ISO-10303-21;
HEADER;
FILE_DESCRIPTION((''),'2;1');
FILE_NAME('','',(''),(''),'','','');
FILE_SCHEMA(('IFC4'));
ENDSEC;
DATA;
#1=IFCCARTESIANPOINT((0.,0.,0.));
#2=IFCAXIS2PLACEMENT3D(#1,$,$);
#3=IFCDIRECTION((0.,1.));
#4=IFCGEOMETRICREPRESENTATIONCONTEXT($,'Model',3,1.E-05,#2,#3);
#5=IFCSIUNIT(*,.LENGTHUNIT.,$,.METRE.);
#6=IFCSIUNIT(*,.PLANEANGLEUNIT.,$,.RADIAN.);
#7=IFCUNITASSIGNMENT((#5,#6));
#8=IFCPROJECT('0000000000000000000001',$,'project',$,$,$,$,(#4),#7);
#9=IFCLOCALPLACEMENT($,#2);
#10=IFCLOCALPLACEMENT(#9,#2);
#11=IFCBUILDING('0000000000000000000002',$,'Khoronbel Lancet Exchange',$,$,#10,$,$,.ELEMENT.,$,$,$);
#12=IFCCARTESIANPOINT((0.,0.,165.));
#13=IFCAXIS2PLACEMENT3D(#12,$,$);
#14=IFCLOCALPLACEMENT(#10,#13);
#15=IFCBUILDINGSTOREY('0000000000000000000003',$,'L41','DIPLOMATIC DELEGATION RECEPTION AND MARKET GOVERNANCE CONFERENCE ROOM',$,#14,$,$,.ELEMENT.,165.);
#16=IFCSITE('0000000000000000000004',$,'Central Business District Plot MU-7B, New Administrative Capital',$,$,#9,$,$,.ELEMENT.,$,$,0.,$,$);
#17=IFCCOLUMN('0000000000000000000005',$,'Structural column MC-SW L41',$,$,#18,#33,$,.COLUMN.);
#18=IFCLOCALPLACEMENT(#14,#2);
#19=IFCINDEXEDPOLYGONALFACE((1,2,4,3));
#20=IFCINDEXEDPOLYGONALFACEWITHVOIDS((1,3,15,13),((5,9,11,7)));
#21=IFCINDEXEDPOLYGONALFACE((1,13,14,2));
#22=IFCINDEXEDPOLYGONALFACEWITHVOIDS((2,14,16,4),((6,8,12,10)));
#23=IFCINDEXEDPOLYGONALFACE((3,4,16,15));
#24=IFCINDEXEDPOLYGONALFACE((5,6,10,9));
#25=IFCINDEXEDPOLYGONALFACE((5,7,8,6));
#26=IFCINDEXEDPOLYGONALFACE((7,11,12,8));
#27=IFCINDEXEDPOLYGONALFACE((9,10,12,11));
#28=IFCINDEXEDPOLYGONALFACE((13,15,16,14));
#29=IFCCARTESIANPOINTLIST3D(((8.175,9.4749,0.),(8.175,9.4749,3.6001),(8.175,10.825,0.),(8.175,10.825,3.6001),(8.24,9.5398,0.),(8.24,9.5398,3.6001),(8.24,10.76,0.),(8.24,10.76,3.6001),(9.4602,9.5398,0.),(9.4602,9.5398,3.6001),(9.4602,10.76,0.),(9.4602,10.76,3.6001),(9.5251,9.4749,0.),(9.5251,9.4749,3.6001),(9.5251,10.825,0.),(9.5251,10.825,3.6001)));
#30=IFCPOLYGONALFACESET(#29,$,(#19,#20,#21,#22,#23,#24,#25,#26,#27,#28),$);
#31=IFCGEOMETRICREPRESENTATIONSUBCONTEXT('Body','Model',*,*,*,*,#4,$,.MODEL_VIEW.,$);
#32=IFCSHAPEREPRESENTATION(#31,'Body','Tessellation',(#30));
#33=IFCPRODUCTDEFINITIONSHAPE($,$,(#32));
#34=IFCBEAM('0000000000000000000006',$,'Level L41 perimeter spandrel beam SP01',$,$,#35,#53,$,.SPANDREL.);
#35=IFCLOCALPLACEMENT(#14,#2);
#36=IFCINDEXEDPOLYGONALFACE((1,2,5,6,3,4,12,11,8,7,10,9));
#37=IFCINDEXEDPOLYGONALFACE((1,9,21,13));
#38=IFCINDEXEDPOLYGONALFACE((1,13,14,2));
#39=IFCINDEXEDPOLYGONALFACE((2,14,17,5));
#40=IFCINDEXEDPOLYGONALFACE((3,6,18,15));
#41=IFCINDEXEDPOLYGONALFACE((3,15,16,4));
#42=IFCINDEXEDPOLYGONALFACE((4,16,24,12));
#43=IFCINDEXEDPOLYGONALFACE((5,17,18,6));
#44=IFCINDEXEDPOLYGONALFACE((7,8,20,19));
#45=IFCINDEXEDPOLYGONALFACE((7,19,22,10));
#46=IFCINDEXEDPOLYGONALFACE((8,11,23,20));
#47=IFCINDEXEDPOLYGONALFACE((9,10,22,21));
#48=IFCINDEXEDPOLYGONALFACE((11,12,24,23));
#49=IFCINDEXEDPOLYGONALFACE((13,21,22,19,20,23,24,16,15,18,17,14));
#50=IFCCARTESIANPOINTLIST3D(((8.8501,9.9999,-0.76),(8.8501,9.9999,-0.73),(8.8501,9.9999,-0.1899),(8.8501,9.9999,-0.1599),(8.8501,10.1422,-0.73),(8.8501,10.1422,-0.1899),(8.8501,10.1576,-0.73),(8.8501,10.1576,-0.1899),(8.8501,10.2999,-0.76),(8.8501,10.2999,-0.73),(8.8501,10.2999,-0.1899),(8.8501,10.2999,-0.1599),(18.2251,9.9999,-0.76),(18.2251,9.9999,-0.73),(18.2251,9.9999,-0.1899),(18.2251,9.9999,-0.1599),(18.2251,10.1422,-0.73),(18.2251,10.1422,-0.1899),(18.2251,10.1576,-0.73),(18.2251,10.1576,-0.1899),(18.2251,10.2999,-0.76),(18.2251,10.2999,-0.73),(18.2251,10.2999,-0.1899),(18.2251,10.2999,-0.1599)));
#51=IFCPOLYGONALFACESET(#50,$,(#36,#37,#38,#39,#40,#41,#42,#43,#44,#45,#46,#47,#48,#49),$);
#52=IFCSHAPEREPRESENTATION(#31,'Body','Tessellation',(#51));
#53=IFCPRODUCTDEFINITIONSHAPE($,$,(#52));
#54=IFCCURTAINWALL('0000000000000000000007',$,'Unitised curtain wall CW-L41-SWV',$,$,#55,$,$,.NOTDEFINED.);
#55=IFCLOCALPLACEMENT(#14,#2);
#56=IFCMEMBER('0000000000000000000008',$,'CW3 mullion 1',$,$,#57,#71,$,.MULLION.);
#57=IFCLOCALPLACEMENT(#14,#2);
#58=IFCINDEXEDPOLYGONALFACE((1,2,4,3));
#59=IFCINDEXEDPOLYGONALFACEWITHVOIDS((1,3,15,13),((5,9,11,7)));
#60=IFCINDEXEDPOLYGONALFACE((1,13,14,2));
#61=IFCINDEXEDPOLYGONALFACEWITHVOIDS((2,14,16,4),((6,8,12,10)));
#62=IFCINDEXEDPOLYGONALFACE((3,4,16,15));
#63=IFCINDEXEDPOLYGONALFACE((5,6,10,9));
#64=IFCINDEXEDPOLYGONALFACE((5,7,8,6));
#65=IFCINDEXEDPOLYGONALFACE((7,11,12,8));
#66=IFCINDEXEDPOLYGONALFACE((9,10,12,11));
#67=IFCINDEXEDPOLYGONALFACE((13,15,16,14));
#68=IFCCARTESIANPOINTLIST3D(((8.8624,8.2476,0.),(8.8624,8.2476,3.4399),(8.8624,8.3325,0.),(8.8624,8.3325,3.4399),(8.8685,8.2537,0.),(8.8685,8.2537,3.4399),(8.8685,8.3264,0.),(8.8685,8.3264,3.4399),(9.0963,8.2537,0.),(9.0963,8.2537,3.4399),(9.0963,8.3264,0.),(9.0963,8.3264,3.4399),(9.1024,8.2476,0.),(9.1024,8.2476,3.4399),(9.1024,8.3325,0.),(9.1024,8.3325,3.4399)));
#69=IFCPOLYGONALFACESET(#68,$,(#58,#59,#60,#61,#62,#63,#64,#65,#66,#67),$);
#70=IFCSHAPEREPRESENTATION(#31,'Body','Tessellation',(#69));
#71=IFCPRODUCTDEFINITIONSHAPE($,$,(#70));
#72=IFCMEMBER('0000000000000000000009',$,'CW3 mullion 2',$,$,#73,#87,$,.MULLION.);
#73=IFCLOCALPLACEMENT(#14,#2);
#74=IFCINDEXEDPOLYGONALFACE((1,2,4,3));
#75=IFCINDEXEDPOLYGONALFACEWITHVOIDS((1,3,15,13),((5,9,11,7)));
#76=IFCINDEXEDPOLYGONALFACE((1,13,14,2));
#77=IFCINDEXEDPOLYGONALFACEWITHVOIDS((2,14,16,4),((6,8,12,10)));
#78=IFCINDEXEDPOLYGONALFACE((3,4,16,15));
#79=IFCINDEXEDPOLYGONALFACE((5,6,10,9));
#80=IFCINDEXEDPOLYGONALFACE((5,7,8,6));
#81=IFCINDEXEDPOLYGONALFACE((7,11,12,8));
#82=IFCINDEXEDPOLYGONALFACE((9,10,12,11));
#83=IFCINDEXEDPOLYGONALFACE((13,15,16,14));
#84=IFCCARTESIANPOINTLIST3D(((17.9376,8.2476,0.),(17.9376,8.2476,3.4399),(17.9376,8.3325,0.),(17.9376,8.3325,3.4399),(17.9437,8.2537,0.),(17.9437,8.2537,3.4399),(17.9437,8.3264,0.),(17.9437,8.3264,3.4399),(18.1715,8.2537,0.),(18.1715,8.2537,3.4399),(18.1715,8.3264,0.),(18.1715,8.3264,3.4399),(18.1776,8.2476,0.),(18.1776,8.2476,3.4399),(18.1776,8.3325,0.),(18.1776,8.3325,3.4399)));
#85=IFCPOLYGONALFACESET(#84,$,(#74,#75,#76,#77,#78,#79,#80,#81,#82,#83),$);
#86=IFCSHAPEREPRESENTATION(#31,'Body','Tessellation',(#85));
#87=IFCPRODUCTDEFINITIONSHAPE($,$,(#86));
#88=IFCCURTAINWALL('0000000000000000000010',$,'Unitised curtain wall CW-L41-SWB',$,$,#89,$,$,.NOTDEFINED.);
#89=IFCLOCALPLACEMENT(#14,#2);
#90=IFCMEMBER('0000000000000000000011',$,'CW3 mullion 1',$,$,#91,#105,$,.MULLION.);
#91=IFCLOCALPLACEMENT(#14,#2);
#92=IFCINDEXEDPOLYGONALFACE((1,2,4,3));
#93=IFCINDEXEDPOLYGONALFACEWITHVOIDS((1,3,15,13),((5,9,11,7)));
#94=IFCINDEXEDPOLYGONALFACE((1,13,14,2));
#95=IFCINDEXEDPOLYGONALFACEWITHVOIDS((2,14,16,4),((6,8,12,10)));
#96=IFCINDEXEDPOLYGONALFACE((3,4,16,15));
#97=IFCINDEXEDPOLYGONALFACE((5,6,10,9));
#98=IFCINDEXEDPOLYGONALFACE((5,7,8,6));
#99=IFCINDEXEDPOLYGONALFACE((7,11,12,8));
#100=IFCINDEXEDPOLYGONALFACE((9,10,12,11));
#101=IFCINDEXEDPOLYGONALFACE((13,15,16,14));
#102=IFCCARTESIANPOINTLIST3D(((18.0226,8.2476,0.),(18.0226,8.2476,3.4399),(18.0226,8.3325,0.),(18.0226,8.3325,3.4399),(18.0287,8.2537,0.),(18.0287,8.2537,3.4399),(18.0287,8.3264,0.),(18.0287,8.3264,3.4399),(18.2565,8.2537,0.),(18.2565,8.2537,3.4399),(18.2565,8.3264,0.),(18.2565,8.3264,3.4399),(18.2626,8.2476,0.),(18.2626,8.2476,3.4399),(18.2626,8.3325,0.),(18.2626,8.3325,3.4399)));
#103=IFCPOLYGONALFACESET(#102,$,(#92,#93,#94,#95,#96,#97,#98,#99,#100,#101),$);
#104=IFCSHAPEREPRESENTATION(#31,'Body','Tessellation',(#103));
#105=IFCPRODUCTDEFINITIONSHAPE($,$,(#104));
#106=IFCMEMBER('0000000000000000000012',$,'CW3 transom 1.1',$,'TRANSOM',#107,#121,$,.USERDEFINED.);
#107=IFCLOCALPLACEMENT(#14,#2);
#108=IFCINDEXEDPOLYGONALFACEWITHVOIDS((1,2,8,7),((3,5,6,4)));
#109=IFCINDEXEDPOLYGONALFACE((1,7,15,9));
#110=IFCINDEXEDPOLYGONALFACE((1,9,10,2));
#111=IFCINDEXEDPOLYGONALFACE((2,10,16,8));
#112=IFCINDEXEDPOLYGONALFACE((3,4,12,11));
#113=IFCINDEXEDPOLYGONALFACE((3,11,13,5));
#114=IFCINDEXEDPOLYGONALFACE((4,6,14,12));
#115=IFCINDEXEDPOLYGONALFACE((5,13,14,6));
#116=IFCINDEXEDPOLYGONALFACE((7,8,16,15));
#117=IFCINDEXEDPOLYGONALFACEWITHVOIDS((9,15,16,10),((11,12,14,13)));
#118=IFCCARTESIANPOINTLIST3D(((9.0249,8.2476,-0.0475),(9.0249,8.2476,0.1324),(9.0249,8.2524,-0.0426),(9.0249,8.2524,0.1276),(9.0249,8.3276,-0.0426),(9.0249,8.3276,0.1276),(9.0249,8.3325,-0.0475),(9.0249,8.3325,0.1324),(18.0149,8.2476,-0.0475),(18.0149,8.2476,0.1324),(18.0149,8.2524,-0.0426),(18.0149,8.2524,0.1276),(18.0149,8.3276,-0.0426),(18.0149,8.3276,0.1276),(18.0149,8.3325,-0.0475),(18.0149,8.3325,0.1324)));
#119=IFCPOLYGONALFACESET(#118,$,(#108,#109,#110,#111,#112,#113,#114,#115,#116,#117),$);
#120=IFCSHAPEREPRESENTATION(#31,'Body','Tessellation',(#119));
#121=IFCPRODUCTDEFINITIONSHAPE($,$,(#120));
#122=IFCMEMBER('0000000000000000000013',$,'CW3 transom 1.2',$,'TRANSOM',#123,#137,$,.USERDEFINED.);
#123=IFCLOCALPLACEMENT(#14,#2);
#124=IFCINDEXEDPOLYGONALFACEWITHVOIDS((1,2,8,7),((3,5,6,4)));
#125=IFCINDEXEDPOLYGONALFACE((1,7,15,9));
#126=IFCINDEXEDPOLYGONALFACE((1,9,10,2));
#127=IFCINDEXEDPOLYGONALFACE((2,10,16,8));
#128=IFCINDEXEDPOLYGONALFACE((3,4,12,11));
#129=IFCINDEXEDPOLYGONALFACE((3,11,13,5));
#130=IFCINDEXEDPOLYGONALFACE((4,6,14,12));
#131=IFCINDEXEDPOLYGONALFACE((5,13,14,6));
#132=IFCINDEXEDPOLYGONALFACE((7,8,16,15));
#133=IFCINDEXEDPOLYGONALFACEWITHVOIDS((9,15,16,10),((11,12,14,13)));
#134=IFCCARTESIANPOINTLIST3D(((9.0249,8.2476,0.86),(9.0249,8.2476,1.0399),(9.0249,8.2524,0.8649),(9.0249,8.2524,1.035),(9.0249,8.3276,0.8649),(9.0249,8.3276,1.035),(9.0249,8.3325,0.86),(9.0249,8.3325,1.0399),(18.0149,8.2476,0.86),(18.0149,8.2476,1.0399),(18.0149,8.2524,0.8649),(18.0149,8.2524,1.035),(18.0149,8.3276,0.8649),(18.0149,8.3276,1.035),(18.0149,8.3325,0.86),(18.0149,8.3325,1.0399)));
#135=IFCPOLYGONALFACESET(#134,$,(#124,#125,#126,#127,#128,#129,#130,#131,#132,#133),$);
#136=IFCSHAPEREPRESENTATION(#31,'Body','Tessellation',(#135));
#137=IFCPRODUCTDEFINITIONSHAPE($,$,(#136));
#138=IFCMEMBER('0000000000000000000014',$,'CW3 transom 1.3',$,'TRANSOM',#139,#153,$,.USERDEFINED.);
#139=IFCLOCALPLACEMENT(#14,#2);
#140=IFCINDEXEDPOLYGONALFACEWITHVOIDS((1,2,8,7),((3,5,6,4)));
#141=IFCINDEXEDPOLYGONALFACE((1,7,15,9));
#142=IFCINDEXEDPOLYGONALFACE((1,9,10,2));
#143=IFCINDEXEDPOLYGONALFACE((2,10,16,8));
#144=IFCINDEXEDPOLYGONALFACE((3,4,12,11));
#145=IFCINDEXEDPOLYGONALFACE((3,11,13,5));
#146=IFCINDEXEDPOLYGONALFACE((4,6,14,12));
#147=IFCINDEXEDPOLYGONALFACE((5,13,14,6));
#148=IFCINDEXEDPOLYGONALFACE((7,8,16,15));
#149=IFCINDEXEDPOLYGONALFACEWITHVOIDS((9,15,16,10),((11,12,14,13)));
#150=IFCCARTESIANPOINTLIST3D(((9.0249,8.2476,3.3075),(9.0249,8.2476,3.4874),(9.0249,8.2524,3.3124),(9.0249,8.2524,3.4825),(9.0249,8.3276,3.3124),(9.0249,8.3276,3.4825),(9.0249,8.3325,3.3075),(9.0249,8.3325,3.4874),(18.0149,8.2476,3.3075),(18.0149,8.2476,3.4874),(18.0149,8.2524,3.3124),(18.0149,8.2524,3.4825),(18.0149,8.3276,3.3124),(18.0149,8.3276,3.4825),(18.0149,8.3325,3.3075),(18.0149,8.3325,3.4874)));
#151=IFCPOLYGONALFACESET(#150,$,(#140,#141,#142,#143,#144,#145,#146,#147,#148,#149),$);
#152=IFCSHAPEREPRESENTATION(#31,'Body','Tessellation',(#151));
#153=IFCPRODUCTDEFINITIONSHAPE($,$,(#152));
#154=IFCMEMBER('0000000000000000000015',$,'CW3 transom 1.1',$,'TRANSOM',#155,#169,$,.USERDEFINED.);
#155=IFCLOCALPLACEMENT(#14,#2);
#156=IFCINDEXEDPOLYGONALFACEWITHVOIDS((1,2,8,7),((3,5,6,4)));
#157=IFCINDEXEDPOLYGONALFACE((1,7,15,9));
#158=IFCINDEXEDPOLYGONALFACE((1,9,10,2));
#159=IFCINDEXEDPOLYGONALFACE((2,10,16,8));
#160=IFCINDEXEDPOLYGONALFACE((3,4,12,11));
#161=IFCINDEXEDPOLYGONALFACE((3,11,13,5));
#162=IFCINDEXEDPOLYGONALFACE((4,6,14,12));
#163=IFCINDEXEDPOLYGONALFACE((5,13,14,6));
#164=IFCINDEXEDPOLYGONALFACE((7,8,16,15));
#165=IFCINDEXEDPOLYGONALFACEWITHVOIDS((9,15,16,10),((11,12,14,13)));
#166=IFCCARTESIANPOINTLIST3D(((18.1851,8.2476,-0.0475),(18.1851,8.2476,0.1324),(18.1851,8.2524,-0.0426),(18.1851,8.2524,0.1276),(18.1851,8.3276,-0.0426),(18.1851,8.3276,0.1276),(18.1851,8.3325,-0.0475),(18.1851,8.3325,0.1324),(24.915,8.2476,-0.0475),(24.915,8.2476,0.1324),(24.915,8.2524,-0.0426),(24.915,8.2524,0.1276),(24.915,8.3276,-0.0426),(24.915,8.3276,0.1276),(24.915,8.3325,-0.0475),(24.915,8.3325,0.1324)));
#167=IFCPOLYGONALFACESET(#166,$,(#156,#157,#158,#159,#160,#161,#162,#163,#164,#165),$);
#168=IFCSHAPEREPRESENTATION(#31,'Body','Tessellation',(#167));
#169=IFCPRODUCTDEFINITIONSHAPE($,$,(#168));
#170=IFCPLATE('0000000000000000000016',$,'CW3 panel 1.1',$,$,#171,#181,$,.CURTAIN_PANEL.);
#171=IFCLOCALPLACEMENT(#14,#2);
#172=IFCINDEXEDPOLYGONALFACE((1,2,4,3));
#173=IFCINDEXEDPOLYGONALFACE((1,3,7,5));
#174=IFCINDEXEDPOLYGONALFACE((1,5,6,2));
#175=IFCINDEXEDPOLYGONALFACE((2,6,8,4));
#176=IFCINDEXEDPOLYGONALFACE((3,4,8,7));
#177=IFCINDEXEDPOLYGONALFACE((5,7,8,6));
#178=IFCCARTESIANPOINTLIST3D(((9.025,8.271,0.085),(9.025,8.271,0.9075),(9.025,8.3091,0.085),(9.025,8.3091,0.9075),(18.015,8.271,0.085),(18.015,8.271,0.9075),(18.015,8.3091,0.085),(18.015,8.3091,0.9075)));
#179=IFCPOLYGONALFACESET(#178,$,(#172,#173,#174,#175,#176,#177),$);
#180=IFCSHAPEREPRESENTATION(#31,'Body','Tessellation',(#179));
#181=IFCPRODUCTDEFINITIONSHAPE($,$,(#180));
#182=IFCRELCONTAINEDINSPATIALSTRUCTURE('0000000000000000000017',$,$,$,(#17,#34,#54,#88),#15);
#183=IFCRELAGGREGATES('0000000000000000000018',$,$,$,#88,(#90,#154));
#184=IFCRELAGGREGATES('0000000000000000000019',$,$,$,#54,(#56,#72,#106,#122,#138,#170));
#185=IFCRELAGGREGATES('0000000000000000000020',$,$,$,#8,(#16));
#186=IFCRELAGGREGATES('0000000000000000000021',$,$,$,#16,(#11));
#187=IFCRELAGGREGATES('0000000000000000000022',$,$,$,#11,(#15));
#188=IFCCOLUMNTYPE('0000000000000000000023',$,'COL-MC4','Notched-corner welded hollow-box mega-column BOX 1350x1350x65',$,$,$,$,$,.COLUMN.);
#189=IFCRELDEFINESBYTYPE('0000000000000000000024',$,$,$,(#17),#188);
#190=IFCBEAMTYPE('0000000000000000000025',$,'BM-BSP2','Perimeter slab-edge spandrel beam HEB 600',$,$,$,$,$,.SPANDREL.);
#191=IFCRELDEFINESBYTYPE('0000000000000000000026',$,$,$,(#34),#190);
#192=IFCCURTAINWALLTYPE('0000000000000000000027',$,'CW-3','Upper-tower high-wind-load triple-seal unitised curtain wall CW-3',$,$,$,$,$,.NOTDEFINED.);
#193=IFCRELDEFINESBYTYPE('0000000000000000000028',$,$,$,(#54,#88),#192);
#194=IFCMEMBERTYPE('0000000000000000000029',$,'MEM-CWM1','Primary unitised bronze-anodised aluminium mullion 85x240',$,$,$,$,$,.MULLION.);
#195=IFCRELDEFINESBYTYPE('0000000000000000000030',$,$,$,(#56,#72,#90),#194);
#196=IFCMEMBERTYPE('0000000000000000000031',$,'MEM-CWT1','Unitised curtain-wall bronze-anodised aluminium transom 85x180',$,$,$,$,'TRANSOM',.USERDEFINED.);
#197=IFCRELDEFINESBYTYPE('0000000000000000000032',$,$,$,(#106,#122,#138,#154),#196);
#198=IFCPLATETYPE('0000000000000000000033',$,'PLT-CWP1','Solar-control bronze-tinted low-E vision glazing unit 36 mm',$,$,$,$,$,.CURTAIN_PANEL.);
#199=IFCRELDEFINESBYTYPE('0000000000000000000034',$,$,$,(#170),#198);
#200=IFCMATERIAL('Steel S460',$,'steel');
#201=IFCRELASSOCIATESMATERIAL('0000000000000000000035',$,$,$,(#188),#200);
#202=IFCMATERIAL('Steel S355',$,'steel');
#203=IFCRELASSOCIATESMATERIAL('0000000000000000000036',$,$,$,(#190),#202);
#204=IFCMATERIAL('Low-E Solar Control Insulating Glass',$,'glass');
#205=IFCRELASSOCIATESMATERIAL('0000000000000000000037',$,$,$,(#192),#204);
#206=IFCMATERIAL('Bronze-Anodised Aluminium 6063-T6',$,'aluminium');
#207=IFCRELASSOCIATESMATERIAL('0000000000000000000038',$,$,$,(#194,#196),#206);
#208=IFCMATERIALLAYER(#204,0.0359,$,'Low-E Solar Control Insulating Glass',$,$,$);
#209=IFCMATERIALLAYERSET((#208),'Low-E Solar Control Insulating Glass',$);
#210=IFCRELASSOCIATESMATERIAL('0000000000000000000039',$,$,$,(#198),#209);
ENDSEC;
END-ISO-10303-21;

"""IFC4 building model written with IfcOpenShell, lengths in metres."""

from ifc_helpers import new_model, si_unit, direction, frame, origin, origin_2d, place, context, subcontext, project, spatial, rectangle, hollow_rectangle, i_section, extrude, material, layer, layer_set, material_profile, profile_set, type_object, element, aggregate, save


model = new_model("IFC4")

# Units and contexts
model_context = context("Model", 3, precision=1e-05, world=origin(), true_north=direction((0.0, 1.0)))
body_context = subcontext(model_context, "Body", "Model", "MODEL_VIEW")
ifc_project = project(units=[si_unit("LENGTHUNIT", "METRE"), si_unit("PLANEANGLEUNIT", "RADIAN")], contexts=[model_context])

# Site, building, storey
site_placement = place(None, origin())
site = spatial("IfcSite", under=ifc_project, at=site_placement, Name="Central Business District Plot MU-7B, New Administrative Capital", CompositionType="ELEMENT", RefElevation=0.0)
building_placement = place(site_placement, origin())
building = spatial("IfcBuilding", under=site, at=building_placement, Name="Khoronbel Lancet Exchange", CompositionType="ELEMENT")
storey_placement = place(building_placement, frame((0.0, 0.0, 165.0)))
storey = spatial("IfcBuildingStorey", under=building, at=storey_placement, Name="L41", Description="DIPLOMATIC DELEGATION RECEPTION AND MARKET GOVERNANCE CONFERENCE ROOM", CompositionType="ELEMENT", Elevation=165.0)

# Column
ifc_material_1 = material(Name="Steel S460", Category="steel")
ifc_material_profile_1 = material_profile(ifc_material_1, hollow_rectangle(XDim=1.3501, YDim=1.3501, WallThickness=0.0649, at=origin_2d()), Name="BOX 1350x1350x65")
ifc_profile_set_1 = profile_set([ifc_material_profile_1], Name="Steel S460")
column_type = type_object("IfcColumnType", Name="COL-MC4", Description="Notched-corner welded hollow-box mega-column BOX 1350x1350x65", PredefinedType="COLUMN", material=ifc_profile_set_1)
column_placement = place(storey_placement, frame((8.8501, 10.1499, 0.0), z_axis=(0.0, 0.0, 1.0), x_axis=(1.0, 0.0, 0.0)))
element("IfcColumn", 1, at=column_placement, inside=storey, type_object=column_type, Name="Structural column MC-SW L41", PredefinedType="COLUMN", context=body_context, shape_type="SweptSolid", body=[
    extrude(hollow_rectangle(XDim=1.3501, YDim=1.3501, WallThickness=0.0649, at=origin_2d()), origin(), (0.0, 0.0, 1.0), 3.6001),
])

# Beam
ifc_material_2 = material(Name="Steel S355", Category="steel")
ifc_material_profile_2 = material_profile(ifc_material_2, i_section(OverallWidth=0.3, OverallDepth=0.6001, WebThickness=0.0154, FlangeThickness=0.03, at=origin_2d()), Name="HEB 600")
ifc_profile_set_2 = profile_set([ifc_material_profile_2], Name="Steel S355")
beam_type = type_object("IfcBeamType", Name="BM-BSP2", Description="Perimeter slab-edge spandrel beam HEB 600", PredefinedType="SPANDREL", material=ifc_profile_set_2)
beam_placement = place(storey_placement, frame((8.8501, 10.1499, -0.46), z_axis=(1.0, 0.0, 0.0), x_axis=(0.0, 1.0, 0.0)))
element("IfcBeam", 2, at=beam_placement, inside=storey, type_object=beam_type, Name="Level L41 perimeter spandrel beam SP01", PredefinedType="SPANDREL", context=body_context, shape_type="SweptSolid", body=[
    extrude(i_section(OverallWidth=0.3, OverallDepth=0.6001, WebThickness=0.0154, FlangeThickness=0.03, at=origin_2d()), origin(), (0.0, 0.0, 1.0), 9.375),
])

# Curtain wall, members
ifc_material_3 = material(Name="Low-E Solar Control Insulating Glass", Category="glass")
curtain_wall_type = type_object("IfcCurtainWallType", Name="CW-3", Description="Upper-tower high-wind-load triple-seal unitised curtain wall CW-3", PredefinedType="NOTDEFINED", material=ifc_material_3)
curtain_wall_1_placement = place(storey_placement, origin())
curtain_wall_1 = element("IfcCurtainWall", 3, at=curtain_wall_1_placement, inside=storey, type_object=curtain_wall_type, Name="Unitised curtain wall CW-L41-SWV", PredefinedType="NOTDEFINED")
ifc_material_4 = material(Name="Bronze-Anodised Aluminium 6063-T6", Category="aluminium")
ifc_material_profile_3 = material_profile(ifc_material_4, hollow_rectangle(XDim=0.085, YDim=0.24, WallThickness=0.0061, at=origin_2d()), Name="ALU MULLION 85x240")
ifc_profile_set_3 = profile_set([ifc_material_profile_3], Name="Bronze-Anodised Aluminium 6063-T6")
member_type_1 = type_object("IfcMemberType", Name="MEM-CWM1", Description="Primary unitised bronze-anodised aluminium mullion 85x240", PredefinedType="MULLION", material=ifc_profile_set_3)
member_1_placement = place(storey_placement, frame((8.9824, 8.29, 0.0), z_axis=(0.0, 0.0, 1.0), x_axis=(0.0, 1.0, 0.0)))
member_1 = element("IfcMember", 4, at=member_1_placement, type_object=member_type_1, Name="CW3 mullion 1", PredefinedType="MULLION", context=body_context, shape_type="SweptSolid", body=[
    extrude(hollow_rectangle(XDim=0.085, YDim=0.24, WallThickness=0.0061, at=origin_2d()), origin(), (0.0, 0.0, 1.0), 3.4399),
])
member_2_placement = place(storey_placement, frame((18.0576, 8.29, 0.0), z_axis=(0.0, 0.0, 1.0), x_axis=(0.0, 1.0, 0.0)))
member_2 = element("IfcMember", 5, at=member_2_placement, type_object=member_type_1, Name="CW3 mullion 2", PredefinedType="MULLION", context=body_context, shape_type="SweptSolid", body=[
    extrude(hollow_rectangle(XDim=0.085, YDim=0.24, WallThickness=0.0061, at=origin_2d()), origin(), (0.0, 0.0, 1.0), 3.4399),
])

# Curtain wall, member
curtain_wall_2_placement = place(storey_placement, origin())
curtain_wall_2 = element("IfcCurtainWall", 6, at=curtain_wall_2_placement, inside=storey, type_object=curtain_wall_type, Name="Unitised curtain wall CW-L41-SWB", PredefinedType="NOTDEFINED")
member_3_placement = place(storey_placement, frame((18.1426, 8.29, 0.0), z_axis=(0.0, 0.0, 1.0), x_axis=(0.0, 1.0, 0.0)))
member_3 = element("IfcMember", 7, at=member_3_placement, type_object=member_type_1, Name="CW3 mullion 1", PredefinedType="MULLION", context=body_context, shape_type="SweptSolid", body=[
    extrude(hollow_rectangle(XDim=0.085, YDim=0.24, WallThickness=0.0061, at=origin_2d()), origin(), (0.0, 0.0, 1.0), 3.4399),
])

# Members
ifc_material_profile_4 = material_profile(ifc_material_4, hollow_rectangle(XDim=0.085, YDim=0.1799, WallThickness=0.0049, at=origin_2d()), Name="ALU TRANSOM 85x180")
ifc_profile_set_4 = profile_set([ifc_material_profile_4], Name="Bronze-Anodised Aluminium 6063-T6")
member_type_2 = type_object("IfcMemberType", Name="MEM-CWT1", Description="Unitised curtain-wall bronze-anodised aluminium transom 85x180", ElementType="TRANSOM", PredefinedType="USERDEFINED", material=ifc_profile_set_4)
member_4_placement = place(storey_placement, frame((9.0249, 8.29, 0.0425), z_axis=(1.0, 0.0, 0.0), x_axis=(0.0, 1.0, 0.0)))
member_4 = element("IfcMember", 8, at=member_4_placement, type_object=member_type_2, Name="CW3 transom 1.1", ObjectType="TRANSOM", PredefinedType="USERDEFINED", context=body_context, shape_type="SweptSolid", body=[
    extrude(hollow_rectangle(XDim=0.085, YDim=0.1799, WallThickness=0.0049, at=origin_2d()), origin(), (0.0, 0.0, 1.0), 8.99),
])
member_5_placement = place(storey_placement, frame((9.0249, 8.29, 0.95), z_axis=(1.0, 0.0, 0.0), x_axis=(0.0, 1.0, 0.0)))
member_5 = element("IfcMember", 9, at=member_5_placement, type_object=member_type_2, Name="CW3 transom 1.2", ObjectType="TRANSOM", PredefinedType="USERDEFINED", context=body_context, shape_type="SweptSolid", body=[
    extrude(hollow_rectangle(XDim=0.085, YDim=0.1799, WallThickness=0.0049, at=origin_2d()), origin(), (0.0, 0.0, 1.0), 8.99),
])
member_6_placement = place(storey_placement, frame((9.0249, 8.29, 3.3975), z_axis=(1.0, 0.0, 0.0), x_axis=(0.0, 1.0, 0.0)))
member_6 = element("IfcMember", 10, at=member_6_placement, type_object=member_type_2, Name="CW3 transom 1.3", ObjectType="TRANSOM", PredefinedType="USERDEFINED", context=body_context, shape_type="SweptSolid", body=[
    extrude(hollow_rectangle(XDim=0.085, YDim=0.1799, WallThickness=0.0049, at=origin_2d()), origin(), (0.0, 0.0, 1.0), 8.99),
])
member_7_placement = place(storey_placement, frame((18.1851, 8.29, 0.0425), z_axis=(1.0, 0.0, 0.0), x_axis=(0.0, 1.0, 0.0)))
member_7 = element("IfcMember", 11, at=member_7_placement, type_object=member_type_2, Name="CW3 transom 1.1", ObjectType="TRANSOM", PredefinedType="USERDEFINED", context=body_context, shape_type="SweptSolid", body=[
    extrude(hollow_rectangle(XDim=0.085, YDim=0.1799, WallThickness=0.0049, at=origin_2d()), origin(), (0.0, 0.0, 1.0), 6.73),
])
aggregate(curtain_wall_2, [member_3, member_7])

# Plate
ifc_layer_1 = layer(ifc_material_3, 0.0359, Name="Low-E Solar Control Insulating Glass")
ifc_layer_set_1 = layer_set([ifc_layer_1], Name="Low-E Solar Control Insulating Glass")
plate_type = type_object("IfcPlateType", Name="PLT-CWP1", Description="Solar-control bronze-tinted low-E vision glazing unit 36 mm", PredefinedType="CURTAIN_PANEL", material=ifc_layer_set_1)
plate_1_placement = place(storey_placement, frame((13.52, 8.29, 0.085), z_axis=(0.0, 0.0, 1.0), x_axis=(1.0, 0.0, 0.0)))
plate_1 = element("IfcPlate", 12, at=plate_1_placement, type_object=plate_type, Name="CW3 panel 1.1", PredefinedType="CURTAIN_PANEL", context=body_context, shape_type="SweptSolid", body=[
    extrude(rectangle(XDim=8.99, YDim=0.0381, at=origin_2d()), origin(), (0.0, 0.0, 1.0), 0.8225),
])
aggregate(curtain_wall_1, [member_1, member_2, member_4, member_5, member_6, plate_1])

save(model, "model.ifc")
